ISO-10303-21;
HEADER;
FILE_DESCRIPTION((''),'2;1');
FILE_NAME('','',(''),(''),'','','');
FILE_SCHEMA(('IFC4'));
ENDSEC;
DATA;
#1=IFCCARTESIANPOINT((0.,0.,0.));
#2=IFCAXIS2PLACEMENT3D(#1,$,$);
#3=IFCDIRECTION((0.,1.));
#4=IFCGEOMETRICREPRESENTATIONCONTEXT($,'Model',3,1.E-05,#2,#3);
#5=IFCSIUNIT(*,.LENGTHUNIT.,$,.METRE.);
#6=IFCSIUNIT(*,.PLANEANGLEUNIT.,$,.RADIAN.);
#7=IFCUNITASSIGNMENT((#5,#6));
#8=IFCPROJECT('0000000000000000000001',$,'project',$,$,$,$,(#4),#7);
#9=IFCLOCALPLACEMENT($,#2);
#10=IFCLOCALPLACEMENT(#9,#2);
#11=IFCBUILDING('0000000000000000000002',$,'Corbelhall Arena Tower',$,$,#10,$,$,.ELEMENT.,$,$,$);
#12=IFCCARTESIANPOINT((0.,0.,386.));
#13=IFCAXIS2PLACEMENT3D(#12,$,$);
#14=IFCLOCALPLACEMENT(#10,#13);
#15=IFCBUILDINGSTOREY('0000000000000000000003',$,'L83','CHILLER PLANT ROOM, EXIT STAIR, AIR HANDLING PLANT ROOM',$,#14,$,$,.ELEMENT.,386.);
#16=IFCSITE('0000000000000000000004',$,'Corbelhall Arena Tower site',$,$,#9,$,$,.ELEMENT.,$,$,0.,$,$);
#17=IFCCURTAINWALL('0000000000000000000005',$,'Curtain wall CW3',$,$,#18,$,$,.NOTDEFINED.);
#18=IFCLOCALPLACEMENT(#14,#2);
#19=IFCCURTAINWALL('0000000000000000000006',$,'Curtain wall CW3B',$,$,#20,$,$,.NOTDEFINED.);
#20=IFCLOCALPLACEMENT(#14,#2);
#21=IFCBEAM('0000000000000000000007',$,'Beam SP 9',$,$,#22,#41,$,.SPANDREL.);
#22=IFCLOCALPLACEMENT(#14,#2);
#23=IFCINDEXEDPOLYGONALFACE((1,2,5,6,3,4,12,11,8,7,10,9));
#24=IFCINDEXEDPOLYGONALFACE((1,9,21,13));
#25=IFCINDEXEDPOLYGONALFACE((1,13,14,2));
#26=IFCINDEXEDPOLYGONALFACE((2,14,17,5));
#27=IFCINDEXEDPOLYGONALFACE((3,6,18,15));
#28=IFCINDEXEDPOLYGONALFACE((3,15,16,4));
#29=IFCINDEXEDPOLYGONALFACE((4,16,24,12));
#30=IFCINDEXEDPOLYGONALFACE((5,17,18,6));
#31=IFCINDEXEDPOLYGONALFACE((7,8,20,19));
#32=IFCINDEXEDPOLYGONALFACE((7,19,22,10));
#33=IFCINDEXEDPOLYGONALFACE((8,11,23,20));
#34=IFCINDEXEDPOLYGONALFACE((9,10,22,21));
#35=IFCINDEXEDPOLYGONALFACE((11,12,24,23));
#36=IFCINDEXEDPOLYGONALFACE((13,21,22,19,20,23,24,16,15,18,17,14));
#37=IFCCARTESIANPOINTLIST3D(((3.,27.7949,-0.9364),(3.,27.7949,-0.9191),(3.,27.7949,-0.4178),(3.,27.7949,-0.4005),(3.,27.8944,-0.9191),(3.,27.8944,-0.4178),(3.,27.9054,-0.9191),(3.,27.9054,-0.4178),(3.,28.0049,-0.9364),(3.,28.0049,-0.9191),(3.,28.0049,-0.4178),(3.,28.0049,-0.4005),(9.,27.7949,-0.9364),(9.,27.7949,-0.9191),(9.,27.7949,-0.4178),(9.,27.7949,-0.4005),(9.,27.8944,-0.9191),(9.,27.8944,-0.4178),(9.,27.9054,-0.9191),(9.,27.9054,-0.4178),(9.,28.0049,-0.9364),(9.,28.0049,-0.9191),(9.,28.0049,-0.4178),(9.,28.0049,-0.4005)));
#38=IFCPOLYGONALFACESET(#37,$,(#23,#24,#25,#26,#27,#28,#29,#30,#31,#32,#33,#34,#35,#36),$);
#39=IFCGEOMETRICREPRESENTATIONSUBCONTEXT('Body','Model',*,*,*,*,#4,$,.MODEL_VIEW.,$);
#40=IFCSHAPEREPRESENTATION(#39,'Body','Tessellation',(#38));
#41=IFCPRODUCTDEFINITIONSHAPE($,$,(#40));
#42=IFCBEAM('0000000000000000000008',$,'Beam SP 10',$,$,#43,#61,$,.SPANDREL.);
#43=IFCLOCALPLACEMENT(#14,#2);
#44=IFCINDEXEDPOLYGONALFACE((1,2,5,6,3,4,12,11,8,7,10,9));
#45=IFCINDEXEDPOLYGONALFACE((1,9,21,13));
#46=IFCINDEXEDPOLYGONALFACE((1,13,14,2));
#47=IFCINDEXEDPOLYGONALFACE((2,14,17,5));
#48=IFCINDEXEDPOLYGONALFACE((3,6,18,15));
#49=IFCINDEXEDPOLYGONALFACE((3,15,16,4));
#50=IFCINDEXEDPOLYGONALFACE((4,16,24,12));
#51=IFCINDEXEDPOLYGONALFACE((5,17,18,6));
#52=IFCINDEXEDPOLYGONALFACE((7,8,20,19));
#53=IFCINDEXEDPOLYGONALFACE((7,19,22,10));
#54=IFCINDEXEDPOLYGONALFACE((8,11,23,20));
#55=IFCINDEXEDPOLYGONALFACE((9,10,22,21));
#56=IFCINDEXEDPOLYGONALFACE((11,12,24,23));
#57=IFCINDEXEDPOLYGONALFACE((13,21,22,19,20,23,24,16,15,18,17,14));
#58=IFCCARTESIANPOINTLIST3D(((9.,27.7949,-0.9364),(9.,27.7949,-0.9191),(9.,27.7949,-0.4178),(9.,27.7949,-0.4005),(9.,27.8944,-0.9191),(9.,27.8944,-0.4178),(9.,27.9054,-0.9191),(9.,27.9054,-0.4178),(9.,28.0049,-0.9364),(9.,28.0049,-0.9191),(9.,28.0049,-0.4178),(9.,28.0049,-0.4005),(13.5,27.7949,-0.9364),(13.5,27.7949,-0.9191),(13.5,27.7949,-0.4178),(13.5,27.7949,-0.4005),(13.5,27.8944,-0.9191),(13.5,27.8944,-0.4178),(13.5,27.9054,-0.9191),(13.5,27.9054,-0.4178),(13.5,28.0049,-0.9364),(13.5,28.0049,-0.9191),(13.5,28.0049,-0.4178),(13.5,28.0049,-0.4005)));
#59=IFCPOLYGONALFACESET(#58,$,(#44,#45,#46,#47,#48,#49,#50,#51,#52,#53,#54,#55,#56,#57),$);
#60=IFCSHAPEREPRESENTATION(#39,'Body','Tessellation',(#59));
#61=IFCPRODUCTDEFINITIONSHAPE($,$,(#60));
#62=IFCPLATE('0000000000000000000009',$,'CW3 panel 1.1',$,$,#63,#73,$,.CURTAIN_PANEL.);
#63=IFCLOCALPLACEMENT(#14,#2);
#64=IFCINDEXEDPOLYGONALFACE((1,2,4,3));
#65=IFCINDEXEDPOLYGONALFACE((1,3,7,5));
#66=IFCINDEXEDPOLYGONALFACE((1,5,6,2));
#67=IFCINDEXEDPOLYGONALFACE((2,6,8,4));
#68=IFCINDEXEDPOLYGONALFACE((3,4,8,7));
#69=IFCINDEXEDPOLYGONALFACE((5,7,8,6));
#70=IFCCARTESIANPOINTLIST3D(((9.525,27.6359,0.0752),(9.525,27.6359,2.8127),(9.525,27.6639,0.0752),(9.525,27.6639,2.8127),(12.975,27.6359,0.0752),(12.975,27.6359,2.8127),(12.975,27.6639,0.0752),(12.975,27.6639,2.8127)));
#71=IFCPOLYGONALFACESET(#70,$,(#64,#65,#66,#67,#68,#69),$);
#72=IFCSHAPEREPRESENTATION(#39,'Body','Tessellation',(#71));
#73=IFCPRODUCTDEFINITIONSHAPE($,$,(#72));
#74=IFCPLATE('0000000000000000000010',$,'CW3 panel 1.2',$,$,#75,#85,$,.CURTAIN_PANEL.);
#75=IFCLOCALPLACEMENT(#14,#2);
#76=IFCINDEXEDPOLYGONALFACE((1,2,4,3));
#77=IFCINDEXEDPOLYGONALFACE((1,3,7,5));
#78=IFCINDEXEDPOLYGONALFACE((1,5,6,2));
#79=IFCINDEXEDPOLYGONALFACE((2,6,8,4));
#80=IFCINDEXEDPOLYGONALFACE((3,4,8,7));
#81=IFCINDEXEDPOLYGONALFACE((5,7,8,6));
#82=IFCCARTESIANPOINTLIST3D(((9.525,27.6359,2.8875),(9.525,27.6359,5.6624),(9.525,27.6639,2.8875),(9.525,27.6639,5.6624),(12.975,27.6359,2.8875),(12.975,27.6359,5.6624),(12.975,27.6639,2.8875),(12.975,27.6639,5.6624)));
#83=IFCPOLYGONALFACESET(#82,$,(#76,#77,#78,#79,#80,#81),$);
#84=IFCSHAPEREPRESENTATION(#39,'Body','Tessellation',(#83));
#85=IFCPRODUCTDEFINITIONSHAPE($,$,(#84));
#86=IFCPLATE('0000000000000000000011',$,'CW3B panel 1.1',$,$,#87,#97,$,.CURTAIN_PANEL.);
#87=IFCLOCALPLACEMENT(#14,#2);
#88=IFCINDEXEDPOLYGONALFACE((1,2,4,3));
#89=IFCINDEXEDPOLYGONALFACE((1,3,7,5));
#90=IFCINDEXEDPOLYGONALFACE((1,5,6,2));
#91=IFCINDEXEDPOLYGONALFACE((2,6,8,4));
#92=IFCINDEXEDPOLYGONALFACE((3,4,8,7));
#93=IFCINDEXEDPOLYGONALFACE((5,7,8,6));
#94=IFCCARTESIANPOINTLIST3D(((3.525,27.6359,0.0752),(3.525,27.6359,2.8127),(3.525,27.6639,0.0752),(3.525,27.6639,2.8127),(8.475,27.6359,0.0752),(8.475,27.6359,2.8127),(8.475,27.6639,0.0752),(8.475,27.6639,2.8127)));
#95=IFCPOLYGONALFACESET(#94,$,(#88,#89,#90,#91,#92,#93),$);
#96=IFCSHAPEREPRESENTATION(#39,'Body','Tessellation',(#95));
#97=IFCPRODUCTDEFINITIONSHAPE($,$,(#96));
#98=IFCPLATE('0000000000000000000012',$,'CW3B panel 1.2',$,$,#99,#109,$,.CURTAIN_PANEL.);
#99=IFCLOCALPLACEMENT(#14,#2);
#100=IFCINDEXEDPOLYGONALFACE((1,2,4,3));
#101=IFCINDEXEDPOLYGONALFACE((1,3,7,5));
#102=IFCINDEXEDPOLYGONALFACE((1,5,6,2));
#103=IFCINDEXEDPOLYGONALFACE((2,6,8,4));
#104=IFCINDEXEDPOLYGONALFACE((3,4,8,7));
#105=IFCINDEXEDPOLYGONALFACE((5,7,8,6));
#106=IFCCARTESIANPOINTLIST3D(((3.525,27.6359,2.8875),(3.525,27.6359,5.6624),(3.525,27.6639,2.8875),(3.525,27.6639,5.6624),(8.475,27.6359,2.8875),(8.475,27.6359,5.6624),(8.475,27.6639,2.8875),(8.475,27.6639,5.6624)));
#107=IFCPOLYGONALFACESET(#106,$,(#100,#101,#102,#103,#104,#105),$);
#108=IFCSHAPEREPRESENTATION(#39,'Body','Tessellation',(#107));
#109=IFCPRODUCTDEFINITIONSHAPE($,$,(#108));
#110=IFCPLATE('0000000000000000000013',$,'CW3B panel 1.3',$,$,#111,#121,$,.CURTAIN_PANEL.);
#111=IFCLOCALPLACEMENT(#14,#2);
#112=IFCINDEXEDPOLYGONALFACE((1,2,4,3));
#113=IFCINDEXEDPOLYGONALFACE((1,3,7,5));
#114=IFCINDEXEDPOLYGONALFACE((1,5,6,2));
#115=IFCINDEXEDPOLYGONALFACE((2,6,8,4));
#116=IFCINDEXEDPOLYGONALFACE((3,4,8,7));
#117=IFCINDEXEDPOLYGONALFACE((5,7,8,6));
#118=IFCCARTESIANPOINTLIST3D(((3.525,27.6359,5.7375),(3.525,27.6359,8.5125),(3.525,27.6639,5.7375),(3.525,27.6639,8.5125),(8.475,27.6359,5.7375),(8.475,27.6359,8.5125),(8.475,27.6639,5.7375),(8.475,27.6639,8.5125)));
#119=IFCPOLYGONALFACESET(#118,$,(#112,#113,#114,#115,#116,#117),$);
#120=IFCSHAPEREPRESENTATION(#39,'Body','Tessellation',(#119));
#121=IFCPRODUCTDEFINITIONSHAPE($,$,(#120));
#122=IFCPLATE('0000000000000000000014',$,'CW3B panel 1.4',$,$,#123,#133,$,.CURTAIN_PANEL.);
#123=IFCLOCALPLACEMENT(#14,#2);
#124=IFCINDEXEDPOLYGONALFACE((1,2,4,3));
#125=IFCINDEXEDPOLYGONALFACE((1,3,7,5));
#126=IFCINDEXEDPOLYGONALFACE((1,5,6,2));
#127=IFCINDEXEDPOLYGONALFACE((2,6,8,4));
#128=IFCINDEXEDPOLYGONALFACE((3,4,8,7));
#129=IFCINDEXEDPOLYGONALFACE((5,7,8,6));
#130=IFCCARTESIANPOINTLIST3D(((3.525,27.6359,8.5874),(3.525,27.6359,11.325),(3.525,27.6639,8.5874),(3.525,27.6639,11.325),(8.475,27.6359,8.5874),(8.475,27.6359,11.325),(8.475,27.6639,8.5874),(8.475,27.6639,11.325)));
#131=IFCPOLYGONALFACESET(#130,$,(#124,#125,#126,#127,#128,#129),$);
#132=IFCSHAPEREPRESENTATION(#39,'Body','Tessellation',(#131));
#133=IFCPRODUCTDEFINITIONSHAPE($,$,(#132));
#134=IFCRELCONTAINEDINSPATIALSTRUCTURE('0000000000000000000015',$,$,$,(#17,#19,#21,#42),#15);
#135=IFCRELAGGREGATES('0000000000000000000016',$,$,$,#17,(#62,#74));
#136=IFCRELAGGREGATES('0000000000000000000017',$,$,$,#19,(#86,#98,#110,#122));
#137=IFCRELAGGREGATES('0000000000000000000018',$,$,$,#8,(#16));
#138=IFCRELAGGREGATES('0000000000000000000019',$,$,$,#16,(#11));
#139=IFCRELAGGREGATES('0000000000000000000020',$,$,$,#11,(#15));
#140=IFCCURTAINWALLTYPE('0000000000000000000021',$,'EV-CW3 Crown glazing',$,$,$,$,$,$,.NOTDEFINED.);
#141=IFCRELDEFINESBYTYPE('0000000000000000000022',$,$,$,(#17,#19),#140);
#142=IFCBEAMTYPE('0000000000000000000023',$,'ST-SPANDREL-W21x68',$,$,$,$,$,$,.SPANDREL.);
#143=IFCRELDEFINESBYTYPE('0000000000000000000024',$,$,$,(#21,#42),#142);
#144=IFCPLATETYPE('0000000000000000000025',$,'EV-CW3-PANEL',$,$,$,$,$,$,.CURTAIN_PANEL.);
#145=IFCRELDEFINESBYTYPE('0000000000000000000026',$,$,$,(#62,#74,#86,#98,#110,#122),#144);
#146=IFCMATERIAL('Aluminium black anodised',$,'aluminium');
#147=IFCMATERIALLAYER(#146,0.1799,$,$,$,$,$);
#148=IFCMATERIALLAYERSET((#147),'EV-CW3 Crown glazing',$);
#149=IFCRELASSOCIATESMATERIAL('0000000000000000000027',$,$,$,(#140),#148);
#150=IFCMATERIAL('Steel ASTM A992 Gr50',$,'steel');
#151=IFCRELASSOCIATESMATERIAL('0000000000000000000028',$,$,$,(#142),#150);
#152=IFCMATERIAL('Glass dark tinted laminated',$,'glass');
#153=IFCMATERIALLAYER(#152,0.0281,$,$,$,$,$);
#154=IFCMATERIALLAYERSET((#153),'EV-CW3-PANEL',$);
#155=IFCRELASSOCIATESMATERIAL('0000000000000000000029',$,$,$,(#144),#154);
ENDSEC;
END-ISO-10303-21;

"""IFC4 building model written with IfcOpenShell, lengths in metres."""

from ifc_helpers import new_model, si_unit, direction, frame, origin, origin_2d, place, context, subcontext, project, spatial, rectangle, i_section, extrude, material, layer, layer_set, material_profile, profile_set, type_object, element, aggregate, save


model = new_model("IFC4")

# Units and contexts
model_context = context("Model", 3, precision=1e-05, world=origin(), true_north=direction((0.0, 1.0)))
body_context = subcontext(model_context, "Body", "Model", "MODEL_VIEW")
ifc_project = project(units=[si_unit("LENGTHUNIT", "METRE"), si_unit("PLANEANGLEUNIT", "RADIAN")], contexts=[model_context])

# Site, building, storey
site_placement = place(None, origin())
site = spatial("IfcSite", under=ifc_project, at=site_placement, Name="Corbelhall Arena Tower site", CompositionType="ELEMENT", RefElevation=0.0)
building_placement = place(site_placement, origin())
building = spatial("IfcBuilding", under=site, at=building_placement, Name="Corbelhall Arena Tower", CompositionType="ELEMENT")
storey_placement = place(building_placement, frame((0.0, 0.0, 386.0)))
storey = spatial("IfcBuildingStorey", under=building, at=storey_placement, Name="L83", Description="CHILLER PLANT ROOM, EXIT STAIR, AIR HANDLING PLANT ROOM", CompositionType="ELEMENT", Elevation=386.0)

# Curtain wall
ifc_material_1 = material(Name="Aluminium black anodised", Category="aluminium")
ifc_layer_1 = layer(ifc_material_1, 0.1799)
ifc_layer_set_1 = layer_set([ifc_layer_1], Name="EV-CW3 Crown glazing")
curtain_wall_type = type_object("IfcCurtainWallType", Name="EV-CW3 Crown glazing", PredefinedType="NOTDEFINED", material=ifc_layer_set_1)
curtain_wall_1_placement = place(storey_placement, origin())
curtain_wall_1 = element("IfcCurtainWall", 1, at=curtain_wall_1_placement, inside=storey, type_object=curtain_wall_type, Name="Curtain wall CW3", PredefinedType="NOTDEFINED")

# Curtain wall
curtain_wall_2_placement = place(storey_placement, origin())
curtain_wall_2 = element("IfcCurtainWall", 2, at=curtain_wall_2_placement, inside=storey, type_object=curtain_wall_type, Name="Curtain wall CW3B", PredefinedType="NOTDEFINED")

# Beams
ifc_material_2 = material(Name="Steel ASTM A992 Gr50", Category="steel")
ifc_material_profile_1 = material_profile(ifc_material_2, i_section(OverallWidth=0.21, OverallDepth=0.5359, WebThickness=0.011, FlangeThickness=0.0173, at=origin_2d()))
ifc_profile_set_1 = profile_set([ifc_material_profile_1], Name="Steel ASTM A992 Gr50")
beam_type = type_object("IfcBeamType", Name="ST-SPANDREL-W21x68", PredefinedType="SPANDREL", material=ifc_profile_set_1)
beam_1_placement = place(storey_placement, frame((3.0, 27.8999, -0.6685), z_axis=(1.0, 0.0, 0.0), x_axis=(0.0, 1.0, 0.0)))
element("IfcBeam", 3, at=beam_1_placement, inside=storey, type_object=beam_type, Name="Beam SP 9", PredefinedType="SPANDREL", context=body_context, shape_type="SweptSolid", body=[
    extrude(i_section(OverallWidth=0.21, OverallDepth=0.5359, WebThickness=0.011, FlangeThickness=0.0173, at=origin_2d()), origin(), (0.0, 0.0, 1.0), 6.0),
])
beam_2_placement = place(storey_placement, frame((9.0, 27.8999, -0.6685), z_axis=(1.0, 0.0, 0.0), x_axis=(0.0, 1.0, 0.0)))
element("IfcBeam", 4, at=beam_2_placement, inside=storey, type_object=beam_type, Name="Beam SP 10", PredefinedType="SPANDREL", context=body_context, shape_type="SweptSolid", body=[
    extrude(i_section(OverallWidth=0.21, OverallDepth=0.5359, WebThickness=0.011, FlangeThickness=0.0173, at=origin_2d()), origin(), (0.0, 0.0, 1.0), 4.5),
])

# Plates
ifc_material_3 = material(Name="Glass dark tinted laminated", Category="glass")
ifc_layer_2 = layer(ifc_material_3, 0.0281)
ifc_layer_set_2 = layer_set([ifc_layer_2], Name="EV-CW3-PANEL")
plate_type = type_object("IfcPlateType", Name="EV-CW3-PANEL", PredefinedType="CURTAIN_PANEL", material=ifc_layer_set_2)
plate_1_placement = place(storey_placement, frame((11.25, 27.6499, 0.0752), z_axis=(0.0, 0.0, 1.0), x_axis=(-1.0, 0.0, 0.0)))
plate_1 = element("IfcPlate", 5, at=plate_1_placement, type_object=plate_type, Name="CW3 panel 1.1", PredefinedType="CURTAIN_PANEL", context=body_context, shape_type="SweptSolid", body=[
    extrude(rectangle(XDim=3.45, YDim=0.0281, at=origin_2d()), origin(), (0.0, 0.0, 1.0), 2.7375),
])
plate_2_placement = place(storey_placement, frame((11.25, 27.6499, 2.8875), z_axis=(0.0, 0.0, 1.0), x_axis=(-1.0, 0.0, 0.0)))
plate_2 = element("IfcPlate", 6, at=plate_2_placement, type_object=plate_type, Name="CW3 panel 1.2", PredefinedType="CURTAIN_PANEL", context=body_context, shape_type="SweptSolid", body=[
    extrude(rectangle(XDim=3.45, YDim=0.0281, at=origin_2d()), origin(), (0.0, 0.0, 1.0), 2.7749),
])
aggregate(curtain_wall_1, [plate_1, plate_2])
plate_3_placement = place(storey_placement, frame((6.0, 27.6499, 0.0752), z_axis=(0.0, 0.0, 1.0), x_axis=(-1.0, 0.0, 0.0)))
plate_3 = element("IfcPlate", 7, at=plate_3_placement, type_object=plate_type, Name="CW3B panel 1.1", PredefinedType="CURTAIN_PANEL", context=body_context, shape_type="SweptSolid", body=[
    extrude(rectangle(XDim=4.95, YDim=0.0281, at=origin_2d()), origin(), (0.0, 0.0, 1.0), 2.7375),
])
plate_4_placement = place(storey_placement, frame((6.0, 27.6499, 2.8875), z_axis=(0.0, 0.0, 1.0), x_axis=(-1.0, 0.0, 0.0)))
plate_4 = element("IfcPlate", 8, at=plate_4_placement, type_object=plate_type, Name="CW3B panel 1.2", PredefinedType="CURTAIN_PANEL", context=body_context, shape_type="SweptSolid", body=[
    extrude(rectangle(XDim=4.95, YDim=0.0281, at=origin_2d()), origin(), (0.0, 0.0, 1.0), 2.7749),
])
plate_5_placement = place(storey_placement, frame((6.0, 27.6499, 5.7375), z_axis=(0.0, 0.0, 1.0), x_axis=(-1.0, 0.0, 0.0)))
plate_5 = element("IfcPlate", 9, at=plate_5_placement, type_object=plate_type, Name="CW3B panel 1.3", PredefinedType="CURTAIN_PANEL", context=body_context, shape_type="SweptSolid", body=[
    extrude(rectangle(XDim=4.95, YDim=0.0281, at=origin_2d()), origin(), (0.0, 0.0, 1.0), 2.7749),
])
plate_6_placement = place(storey_placement, frame((6.0, 27.6499, 8.5874), z_axis=(0.0, 0.0, 1.0), x_axis=(-1.0, 0.0, 0.0)))
plate_6 = element("IfcPlate", 10, at=plate_6_placement, type_object=plate_type, Name="CW3B panel 1.4", PredefinedType="CURTAIN_PANEL", context=body_context, shape_type="SweptSolid", body=[
    extrude(rectangle(XDim=4.95, YDim=0.0281, at=origin_2d()), origin(), (0.0, 0.0, 1.0), 2.7375),
])
aggregate(curtain_wall_2, [plate_3, plate_4, plate_5, plate_6])

save(model, "model.ifc")
